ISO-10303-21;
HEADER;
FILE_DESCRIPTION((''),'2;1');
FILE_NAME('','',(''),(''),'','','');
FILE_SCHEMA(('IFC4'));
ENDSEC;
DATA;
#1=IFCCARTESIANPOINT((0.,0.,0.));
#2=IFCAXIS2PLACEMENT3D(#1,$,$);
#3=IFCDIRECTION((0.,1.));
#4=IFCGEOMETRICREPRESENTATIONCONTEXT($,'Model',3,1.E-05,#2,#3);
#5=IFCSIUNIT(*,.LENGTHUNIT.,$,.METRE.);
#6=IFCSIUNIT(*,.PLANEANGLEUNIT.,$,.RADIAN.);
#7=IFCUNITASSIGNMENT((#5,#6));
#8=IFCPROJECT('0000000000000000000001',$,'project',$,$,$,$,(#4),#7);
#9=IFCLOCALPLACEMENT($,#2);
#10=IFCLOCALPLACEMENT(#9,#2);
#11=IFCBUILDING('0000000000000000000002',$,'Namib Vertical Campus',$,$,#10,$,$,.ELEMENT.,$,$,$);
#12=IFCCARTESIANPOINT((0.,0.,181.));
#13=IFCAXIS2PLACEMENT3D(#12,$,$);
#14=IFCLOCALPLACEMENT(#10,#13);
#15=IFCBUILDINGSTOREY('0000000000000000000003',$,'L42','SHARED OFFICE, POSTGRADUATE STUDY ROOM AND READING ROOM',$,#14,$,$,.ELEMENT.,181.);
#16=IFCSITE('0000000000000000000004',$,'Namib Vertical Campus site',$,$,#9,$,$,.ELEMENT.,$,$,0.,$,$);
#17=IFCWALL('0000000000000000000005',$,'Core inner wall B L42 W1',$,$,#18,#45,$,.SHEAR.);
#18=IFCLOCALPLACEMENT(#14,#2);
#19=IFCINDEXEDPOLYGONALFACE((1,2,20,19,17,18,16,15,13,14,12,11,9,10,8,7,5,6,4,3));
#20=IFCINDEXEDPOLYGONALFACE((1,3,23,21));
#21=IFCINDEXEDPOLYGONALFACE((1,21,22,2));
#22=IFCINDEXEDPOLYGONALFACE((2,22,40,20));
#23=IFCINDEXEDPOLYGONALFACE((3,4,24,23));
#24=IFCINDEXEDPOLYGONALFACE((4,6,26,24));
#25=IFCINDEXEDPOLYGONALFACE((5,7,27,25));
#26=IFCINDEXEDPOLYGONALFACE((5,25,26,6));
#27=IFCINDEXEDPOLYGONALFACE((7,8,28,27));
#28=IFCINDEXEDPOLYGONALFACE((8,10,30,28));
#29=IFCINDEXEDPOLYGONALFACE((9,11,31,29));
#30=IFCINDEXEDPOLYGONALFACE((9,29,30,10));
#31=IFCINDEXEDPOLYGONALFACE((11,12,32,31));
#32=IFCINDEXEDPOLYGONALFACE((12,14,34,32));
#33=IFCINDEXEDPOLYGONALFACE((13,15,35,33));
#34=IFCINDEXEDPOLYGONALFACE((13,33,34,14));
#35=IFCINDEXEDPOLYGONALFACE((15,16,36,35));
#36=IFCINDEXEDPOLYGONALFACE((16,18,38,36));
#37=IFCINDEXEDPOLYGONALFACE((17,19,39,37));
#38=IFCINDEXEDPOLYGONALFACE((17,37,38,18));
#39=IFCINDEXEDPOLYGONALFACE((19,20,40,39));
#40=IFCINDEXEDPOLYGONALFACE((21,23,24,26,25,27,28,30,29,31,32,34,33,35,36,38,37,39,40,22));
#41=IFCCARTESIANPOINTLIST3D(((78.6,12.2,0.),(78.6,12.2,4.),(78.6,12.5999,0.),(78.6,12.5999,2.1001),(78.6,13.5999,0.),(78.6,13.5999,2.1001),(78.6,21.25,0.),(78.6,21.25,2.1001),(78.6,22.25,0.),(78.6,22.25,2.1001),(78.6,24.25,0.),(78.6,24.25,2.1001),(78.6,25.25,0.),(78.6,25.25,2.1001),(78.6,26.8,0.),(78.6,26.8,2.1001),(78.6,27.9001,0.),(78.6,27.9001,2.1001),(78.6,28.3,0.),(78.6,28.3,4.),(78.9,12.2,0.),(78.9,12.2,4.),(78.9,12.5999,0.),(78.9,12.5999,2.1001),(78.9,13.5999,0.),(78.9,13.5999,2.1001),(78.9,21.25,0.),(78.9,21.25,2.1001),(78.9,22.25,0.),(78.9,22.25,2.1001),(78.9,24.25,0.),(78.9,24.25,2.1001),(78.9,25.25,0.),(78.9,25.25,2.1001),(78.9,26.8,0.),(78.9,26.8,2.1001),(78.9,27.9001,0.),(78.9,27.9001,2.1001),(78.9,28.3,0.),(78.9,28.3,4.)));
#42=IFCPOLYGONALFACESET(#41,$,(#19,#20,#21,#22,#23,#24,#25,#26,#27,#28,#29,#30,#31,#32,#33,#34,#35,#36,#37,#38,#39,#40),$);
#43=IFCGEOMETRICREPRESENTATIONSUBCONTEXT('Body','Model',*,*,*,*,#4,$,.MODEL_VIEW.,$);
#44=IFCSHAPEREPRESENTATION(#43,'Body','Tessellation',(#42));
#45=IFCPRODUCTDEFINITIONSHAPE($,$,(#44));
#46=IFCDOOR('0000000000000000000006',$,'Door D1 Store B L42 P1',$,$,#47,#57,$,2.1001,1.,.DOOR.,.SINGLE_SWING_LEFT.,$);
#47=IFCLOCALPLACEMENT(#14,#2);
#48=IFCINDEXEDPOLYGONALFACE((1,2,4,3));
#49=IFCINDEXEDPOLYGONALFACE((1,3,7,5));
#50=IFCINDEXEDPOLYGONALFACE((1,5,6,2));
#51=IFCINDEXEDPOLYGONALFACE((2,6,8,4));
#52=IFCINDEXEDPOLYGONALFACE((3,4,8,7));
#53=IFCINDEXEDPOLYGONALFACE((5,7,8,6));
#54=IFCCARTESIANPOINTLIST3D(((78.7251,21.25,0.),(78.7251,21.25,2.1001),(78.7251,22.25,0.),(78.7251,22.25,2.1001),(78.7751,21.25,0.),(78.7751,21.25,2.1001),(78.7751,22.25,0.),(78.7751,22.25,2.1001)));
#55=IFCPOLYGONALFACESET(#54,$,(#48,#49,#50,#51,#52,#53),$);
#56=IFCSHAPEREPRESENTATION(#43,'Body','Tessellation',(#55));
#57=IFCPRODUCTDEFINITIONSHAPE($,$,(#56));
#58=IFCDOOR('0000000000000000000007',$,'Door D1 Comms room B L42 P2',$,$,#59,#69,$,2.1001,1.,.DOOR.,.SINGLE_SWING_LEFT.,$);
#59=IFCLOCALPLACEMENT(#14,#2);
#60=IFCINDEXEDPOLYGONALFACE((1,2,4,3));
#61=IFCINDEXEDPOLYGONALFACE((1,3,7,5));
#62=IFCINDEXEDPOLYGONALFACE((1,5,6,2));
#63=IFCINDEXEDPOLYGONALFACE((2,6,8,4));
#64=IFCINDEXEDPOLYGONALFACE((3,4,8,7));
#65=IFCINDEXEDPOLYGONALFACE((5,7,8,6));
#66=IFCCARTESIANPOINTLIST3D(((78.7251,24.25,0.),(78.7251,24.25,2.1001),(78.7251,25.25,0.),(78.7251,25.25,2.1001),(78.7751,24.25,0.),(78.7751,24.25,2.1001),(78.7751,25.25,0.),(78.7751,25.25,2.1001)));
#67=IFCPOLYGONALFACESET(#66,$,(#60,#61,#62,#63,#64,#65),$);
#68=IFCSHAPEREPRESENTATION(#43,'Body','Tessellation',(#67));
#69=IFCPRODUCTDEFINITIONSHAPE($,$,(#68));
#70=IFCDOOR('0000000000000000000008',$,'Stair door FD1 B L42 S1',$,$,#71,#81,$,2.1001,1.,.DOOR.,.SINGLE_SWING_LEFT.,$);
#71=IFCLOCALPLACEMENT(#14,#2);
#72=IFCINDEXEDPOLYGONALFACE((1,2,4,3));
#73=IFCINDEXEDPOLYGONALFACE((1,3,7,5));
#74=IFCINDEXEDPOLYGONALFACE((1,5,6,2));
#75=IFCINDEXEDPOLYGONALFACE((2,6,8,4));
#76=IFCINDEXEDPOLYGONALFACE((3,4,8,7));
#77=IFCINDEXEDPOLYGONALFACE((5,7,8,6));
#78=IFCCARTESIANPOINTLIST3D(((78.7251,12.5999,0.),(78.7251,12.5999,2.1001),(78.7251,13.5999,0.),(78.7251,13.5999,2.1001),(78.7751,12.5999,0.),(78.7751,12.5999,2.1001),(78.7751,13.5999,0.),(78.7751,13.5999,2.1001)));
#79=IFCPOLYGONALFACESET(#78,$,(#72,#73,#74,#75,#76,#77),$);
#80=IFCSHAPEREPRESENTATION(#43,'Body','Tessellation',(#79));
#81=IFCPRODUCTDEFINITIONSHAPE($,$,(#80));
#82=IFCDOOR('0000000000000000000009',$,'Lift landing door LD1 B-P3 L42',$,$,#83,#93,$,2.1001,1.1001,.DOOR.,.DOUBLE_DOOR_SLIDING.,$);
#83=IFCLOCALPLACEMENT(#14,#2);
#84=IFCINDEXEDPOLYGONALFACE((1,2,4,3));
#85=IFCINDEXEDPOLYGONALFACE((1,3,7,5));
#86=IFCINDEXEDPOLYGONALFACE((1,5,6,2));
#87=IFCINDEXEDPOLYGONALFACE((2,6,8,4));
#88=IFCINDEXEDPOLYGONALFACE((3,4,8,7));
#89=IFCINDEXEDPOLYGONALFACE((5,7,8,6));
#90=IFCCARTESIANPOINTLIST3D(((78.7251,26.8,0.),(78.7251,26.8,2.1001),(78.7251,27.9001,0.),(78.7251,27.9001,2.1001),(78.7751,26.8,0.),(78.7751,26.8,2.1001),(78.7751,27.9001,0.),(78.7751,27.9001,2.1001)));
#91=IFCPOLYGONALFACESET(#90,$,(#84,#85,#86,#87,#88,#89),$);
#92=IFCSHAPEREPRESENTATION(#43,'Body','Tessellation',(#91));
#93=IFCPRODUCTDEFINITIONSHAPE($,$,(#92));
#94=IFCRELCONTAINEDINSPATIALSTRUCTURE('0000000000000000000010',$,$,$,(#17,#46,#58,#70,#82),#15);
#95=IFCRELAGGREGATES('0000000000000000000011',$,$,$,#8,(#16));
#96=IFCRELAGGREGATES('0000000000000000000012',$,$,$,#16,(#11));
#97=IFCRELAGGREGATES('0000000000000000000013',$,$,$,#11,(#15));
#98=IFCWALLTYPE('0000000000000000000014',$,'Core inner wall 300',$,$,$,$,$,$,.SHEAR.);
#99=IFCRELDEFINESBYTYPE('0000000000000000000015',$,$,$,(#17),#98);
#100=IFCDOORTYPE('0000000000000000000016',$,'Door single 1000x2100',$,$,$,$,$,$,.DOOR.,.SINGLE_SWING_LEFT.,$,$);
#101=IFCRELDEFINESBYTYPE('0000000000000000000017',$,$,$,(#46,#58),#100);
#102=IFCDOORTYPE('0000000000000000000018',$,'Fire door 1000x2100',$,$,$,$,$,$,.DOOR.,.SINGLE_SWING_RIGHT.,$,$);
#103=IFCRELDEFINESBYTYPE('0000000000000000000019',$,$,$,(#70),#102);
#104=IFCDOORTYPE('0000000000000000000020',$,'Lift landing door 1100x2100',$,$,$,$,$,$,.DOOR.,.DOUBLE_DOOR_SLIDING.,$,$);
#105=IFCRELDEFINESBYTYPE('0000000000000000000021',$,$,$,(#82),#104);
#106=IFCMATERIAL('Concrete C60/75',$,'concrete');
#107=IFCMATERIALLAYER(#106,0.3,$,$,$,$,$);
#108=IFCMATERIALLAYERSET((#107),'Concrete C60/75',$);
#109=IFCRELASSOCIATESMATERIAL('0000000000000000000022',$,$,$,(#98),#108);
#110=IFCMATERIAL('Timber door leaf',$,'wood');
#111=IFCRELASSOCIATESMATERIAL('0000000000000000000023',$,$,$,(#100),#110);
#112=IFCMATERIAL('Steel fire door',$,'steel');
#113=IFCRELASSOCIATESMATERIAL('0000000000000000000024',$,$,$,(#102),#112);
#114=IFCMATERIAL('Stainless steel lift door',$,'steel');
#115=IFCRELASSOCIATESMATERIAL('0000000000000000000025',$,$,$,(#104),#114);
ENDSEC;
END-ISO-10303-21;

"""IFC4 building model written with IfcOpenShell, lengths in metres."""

from ifc_helpers import new_model, si_unit, direction, frame, frame_2d, origin, place, context, subcontext, project, spatial, rectangle, extrude, material, layer, layer_set, type_object, element, fill, save


model = new_model("IFC4")

# Units and contexts
model_context = context("Model", 3, precision=1e-05, world=origin(), true_north=direction((0.0, 1.0)))
body_context = subcontext(model_context, "Body", "Model", "MODEL_VIEW")
ifc_project = project(units=[si_unit("LENGTHUNIT", "METRE"), si_unit("PLANEANGLEUNIT", "RADIAN")], contexts=[model_context])

# Site, building, storey
site_placement = place(None, origin())
site = spatial("IfcSite", under=ifc_project, at=site_placement, Name="Namib Vertical Campus site", CompositionType="ELEMENT", RefElevation=0.0)
building_placement = place(site_placement, origin())
building = spatial("IfcBuilding", under=site, at=building_placement, Name="Namib Vertical Campus", CompositionType="ELEMENT")
storey_placement = place(building_placement, frame((0.0, 0.0, 181.0)))
storey = spatial("IfcBuildingStorey", under=building, at=storey_placement, Name="L42", Description="SHARED OFFICE, POSTGRADUATE STUDY ROOM AND READING ROOM", CompositionType="ELEMENT", Elevation=181.0)

# Wall, openings, doors
ifc_material_1 = material(Name="Concrete C60/75", Category="concrete")
ifc_layer_1 = layer(ifc_material_1, 0.3)
ifc_layer_set_1 = layer_set([ifc_layer_1], Name="Concrete C60/75")
wall_type_1 = type_object("IfcWallType", Name="Core inner wall 300", PredefinedType="SHEAR", material=ifc_layer_set_1)
wall_1_placement = place(storey_placement, frame((78.75, 12.2, 0.0), z_axis=(0.0, 0.0, 1.0), x_axis=(0.0, 1.0, 0.0)))
wall_1 = element("IfcWall", 1, at=wall_1_placement, inside=storey, type_object=wall_type_1, Name="Core inner wall B L42 W1", PredefinedType="SHEAR", context=body_context, shape_type="SweptSolid", body=[
    extrude(rectangle(XDim=16.1001, YDim=0.3, at=frame_2d((8.05, 0.0))), origin(), (0.0, 0.0, 1.0), 4.0),
])
opening_1_placement = place(wall_1_placement, frame((0.3999, 0.0, 0.0)))
opening_1 = element("IfcOpeningElement", 2, at=opening_1_placement, cuts=wall_1, PredefinedType="OPENING", context=body_context, shape_type="SweptSolid", body=[
    extrude(rectangle(XDim=1.0, YDim=2.1001, at=frame_2d((0.5, 1.05))), frame((0.0, 0.1599, 0.0), z_axis=(0.0, -1.0, 0.0), x_axis=(1.0, 0.0, 0.0)), (0.0, 0.0, 1.0), 0.3201),
])
opening_2_placement = place(wall_1_placement, frame((14.6001, 0.0, 0.0)))
opening_2 = element("IfcOpeningElement", 3, at=opening_2_placement, cuts=wall_1, PredefinedType="OPENING", context=body_context, shape_type="SweptSolid", body=[
    extrude(rectangle(XDim=1.1001, YDim=2.1001, at=frame_2d((0.55, 1.05))), frame((0.0, 0.1599, 0.0), z_axis=(0.0, -1.0, 0.0), x_axis=(1.0, 0.0, 0.0)), (0.0, 0.0, 1.0), 0.3201),
])
opening_3_placement = place(wall_1_placement, frame((9.05, 0.0, 0.0)))
opening_3 = element("IfcOpeningElement", 4, at=opening_3_placement, cuts=wall_1, PredefinedType="OPENING", context=body_context, shape_type="SweptSolid", body=[
    extrude(rectangle(XDim=1.0, YDim=2.1001, at=frame_2d((0.5, 1.05))), frame((0.0, 0.1599, 0.0), z_axis=(0.0, -1.0, 0.0), x_axis=(1.0, 0.0, 0.0)), (0.0, 0.0, 1.0), 0.3201),
])
opening_4_placement = place(wall_1_placement, frame((12.05, 0.0, 0.0)))
opening_4 = element("IfcOpeningElement", 5, at=opening_4_placement, cuts=wall_1, PredefinedType="OPENING", context=body_context, shape_type="SweptSolid", body=[
    extrude(rectangle(XDim=1.0, YDim=2.1001, at=frame_2d((0.5, 1.05))), frame((0.0, 0.1599, 0.0), z_axis=(0.0, -1.0, 0.0), x_axis=(1.0, 0.0, 0.0)), (0.0, 0.0, 1.0), 0.3201),
])
ifc_material_2 = material(Name="Timber door leaf", Category="wood")
door_type_1 = type_object("IfcDoorType", Name="Door single 1000x2100", OperationType="SINGLE_SWING_LEFT", PredefinedType="DOOR", material=ifc_material_2)
door_1_placement = place(opening_3_placement, origin())
door_1 = element("IfcDoor", 6, at=door_1_placement, inside=storey, type_object=door_type_1, Name="Door D1 Store B L42 P1", OperationType="SINGLE_SWING_LEFT", OverallHeight=2.1001, OverallWidth=1.0, PredefinedType="DOOR", context=body_context, shape_type="SweptSolid", body=[
    extrude(rectangle(XDim=1.0, YDim=2.1001, at=frame_2d((0.5, 1.05))), frame((0.0, 0.0249, 0.0), z_axis=(0.0, -1.0, 0.0), x_axis=(1.0, 0.0, 0.0)), (0.0, 0.0, 1.0), 0.05),
])
fill(opening_3, door_1)
door_2_placement = place(opening_4_placement, origin())
door_2 = element("IfcDoor", 7, at=door_2_placement, inside=storey, type_object=door_type_1, Name="Door D1 Comms room B L42 P2", OperationType="SINGLE_SWING_LEFT", OverallHeight=2.1001, OverallWidth=1.0, PredefinedType="DOOR", context=body_context, shape_type="SweptSolid", body=[
    extrude(rectangle(XDim=1.0, YDim=2.1001, at=frame_2d((0.5, 1.05))), frame((0.0, 0.0249, 0.0), z_axis=(0.0, -1.0, 0.0), x_axis=(1.0, 0.0, 0.0)), (0.0, 0.0, 1.0), 0.05),
])
fill(opening_4, door_2)
ifc_material_3 = material(Name="Steel fire door", Category="steel")
door_type_2 = type_object("IfcDoorType", Name="Fire door 1000x2100", OperationType="SINGLE_SWING_RIGHT", PredefinedType="DOOR", material=ifc_material_3)
door_3_placement = place(opening_1_placement, origin())
door_3 = element("IfcDoor", 8, at=door_3_placement, inside=storey, type_object=door_type_2, Name="Stair door FD1 B L42 S1", OperationType="SINGLE_SWING_LEFT", OverallHeight=2.1001, OverallWidth=1.0, PredefinedType="DOOR", context=body_context, shape_type="SweptSolid", body=[
    extrude(rectangle(XDim=1.0, YDim=2.1001, at=frame_2d((0.5, 1.05))), frame((0.0, 0.0249, 0.0), z_axis=(0.0, -1.0, 0.0), x_axis=(1.0, 0.0, 0.0)), (0.0, 0.0, 1.0), 0.05),
])
fill(opening_1, door_3)
ifc_material_4 = material(Name="Stainless steel lift door", Category="steel")
door_type_3 = type_object("IfcDoorType", Name="Lift landing door 1100x2100", OperationType="DOUBLE_DOOR_SLIDING", PredefinedType="DOOR", material=ifc_material_4)
door_4_placement = place(opening_2_placement, origin())
door_4 = element("IfcDoor", 9, at=door_4_placement, inside=storey, type_object=door_type_3, Name="Lift landing door LD1 B-P3 L42", OperationType="DOUBLE_DOOR_SLIDING", OverallHeight=2.1001, OverallWidth=1.1001, PredefinedType="DOOR", context=body_context, shape_type="SweptSolid", body=[
    extrude(rectangle(XDim=1.1001, YDim=2.1001, at=frame_2d((0.55, 1.05))), frame((0.0, 0.0249, 0.0), z_axis=(0.0, -1.0, 0.0), x_axis=(1.0, 0.0, 0.0)), (0.0, 0.0, 1.0), 0.05),
])
fill(opening_2, door_4)

save(model, "model.ifc")
